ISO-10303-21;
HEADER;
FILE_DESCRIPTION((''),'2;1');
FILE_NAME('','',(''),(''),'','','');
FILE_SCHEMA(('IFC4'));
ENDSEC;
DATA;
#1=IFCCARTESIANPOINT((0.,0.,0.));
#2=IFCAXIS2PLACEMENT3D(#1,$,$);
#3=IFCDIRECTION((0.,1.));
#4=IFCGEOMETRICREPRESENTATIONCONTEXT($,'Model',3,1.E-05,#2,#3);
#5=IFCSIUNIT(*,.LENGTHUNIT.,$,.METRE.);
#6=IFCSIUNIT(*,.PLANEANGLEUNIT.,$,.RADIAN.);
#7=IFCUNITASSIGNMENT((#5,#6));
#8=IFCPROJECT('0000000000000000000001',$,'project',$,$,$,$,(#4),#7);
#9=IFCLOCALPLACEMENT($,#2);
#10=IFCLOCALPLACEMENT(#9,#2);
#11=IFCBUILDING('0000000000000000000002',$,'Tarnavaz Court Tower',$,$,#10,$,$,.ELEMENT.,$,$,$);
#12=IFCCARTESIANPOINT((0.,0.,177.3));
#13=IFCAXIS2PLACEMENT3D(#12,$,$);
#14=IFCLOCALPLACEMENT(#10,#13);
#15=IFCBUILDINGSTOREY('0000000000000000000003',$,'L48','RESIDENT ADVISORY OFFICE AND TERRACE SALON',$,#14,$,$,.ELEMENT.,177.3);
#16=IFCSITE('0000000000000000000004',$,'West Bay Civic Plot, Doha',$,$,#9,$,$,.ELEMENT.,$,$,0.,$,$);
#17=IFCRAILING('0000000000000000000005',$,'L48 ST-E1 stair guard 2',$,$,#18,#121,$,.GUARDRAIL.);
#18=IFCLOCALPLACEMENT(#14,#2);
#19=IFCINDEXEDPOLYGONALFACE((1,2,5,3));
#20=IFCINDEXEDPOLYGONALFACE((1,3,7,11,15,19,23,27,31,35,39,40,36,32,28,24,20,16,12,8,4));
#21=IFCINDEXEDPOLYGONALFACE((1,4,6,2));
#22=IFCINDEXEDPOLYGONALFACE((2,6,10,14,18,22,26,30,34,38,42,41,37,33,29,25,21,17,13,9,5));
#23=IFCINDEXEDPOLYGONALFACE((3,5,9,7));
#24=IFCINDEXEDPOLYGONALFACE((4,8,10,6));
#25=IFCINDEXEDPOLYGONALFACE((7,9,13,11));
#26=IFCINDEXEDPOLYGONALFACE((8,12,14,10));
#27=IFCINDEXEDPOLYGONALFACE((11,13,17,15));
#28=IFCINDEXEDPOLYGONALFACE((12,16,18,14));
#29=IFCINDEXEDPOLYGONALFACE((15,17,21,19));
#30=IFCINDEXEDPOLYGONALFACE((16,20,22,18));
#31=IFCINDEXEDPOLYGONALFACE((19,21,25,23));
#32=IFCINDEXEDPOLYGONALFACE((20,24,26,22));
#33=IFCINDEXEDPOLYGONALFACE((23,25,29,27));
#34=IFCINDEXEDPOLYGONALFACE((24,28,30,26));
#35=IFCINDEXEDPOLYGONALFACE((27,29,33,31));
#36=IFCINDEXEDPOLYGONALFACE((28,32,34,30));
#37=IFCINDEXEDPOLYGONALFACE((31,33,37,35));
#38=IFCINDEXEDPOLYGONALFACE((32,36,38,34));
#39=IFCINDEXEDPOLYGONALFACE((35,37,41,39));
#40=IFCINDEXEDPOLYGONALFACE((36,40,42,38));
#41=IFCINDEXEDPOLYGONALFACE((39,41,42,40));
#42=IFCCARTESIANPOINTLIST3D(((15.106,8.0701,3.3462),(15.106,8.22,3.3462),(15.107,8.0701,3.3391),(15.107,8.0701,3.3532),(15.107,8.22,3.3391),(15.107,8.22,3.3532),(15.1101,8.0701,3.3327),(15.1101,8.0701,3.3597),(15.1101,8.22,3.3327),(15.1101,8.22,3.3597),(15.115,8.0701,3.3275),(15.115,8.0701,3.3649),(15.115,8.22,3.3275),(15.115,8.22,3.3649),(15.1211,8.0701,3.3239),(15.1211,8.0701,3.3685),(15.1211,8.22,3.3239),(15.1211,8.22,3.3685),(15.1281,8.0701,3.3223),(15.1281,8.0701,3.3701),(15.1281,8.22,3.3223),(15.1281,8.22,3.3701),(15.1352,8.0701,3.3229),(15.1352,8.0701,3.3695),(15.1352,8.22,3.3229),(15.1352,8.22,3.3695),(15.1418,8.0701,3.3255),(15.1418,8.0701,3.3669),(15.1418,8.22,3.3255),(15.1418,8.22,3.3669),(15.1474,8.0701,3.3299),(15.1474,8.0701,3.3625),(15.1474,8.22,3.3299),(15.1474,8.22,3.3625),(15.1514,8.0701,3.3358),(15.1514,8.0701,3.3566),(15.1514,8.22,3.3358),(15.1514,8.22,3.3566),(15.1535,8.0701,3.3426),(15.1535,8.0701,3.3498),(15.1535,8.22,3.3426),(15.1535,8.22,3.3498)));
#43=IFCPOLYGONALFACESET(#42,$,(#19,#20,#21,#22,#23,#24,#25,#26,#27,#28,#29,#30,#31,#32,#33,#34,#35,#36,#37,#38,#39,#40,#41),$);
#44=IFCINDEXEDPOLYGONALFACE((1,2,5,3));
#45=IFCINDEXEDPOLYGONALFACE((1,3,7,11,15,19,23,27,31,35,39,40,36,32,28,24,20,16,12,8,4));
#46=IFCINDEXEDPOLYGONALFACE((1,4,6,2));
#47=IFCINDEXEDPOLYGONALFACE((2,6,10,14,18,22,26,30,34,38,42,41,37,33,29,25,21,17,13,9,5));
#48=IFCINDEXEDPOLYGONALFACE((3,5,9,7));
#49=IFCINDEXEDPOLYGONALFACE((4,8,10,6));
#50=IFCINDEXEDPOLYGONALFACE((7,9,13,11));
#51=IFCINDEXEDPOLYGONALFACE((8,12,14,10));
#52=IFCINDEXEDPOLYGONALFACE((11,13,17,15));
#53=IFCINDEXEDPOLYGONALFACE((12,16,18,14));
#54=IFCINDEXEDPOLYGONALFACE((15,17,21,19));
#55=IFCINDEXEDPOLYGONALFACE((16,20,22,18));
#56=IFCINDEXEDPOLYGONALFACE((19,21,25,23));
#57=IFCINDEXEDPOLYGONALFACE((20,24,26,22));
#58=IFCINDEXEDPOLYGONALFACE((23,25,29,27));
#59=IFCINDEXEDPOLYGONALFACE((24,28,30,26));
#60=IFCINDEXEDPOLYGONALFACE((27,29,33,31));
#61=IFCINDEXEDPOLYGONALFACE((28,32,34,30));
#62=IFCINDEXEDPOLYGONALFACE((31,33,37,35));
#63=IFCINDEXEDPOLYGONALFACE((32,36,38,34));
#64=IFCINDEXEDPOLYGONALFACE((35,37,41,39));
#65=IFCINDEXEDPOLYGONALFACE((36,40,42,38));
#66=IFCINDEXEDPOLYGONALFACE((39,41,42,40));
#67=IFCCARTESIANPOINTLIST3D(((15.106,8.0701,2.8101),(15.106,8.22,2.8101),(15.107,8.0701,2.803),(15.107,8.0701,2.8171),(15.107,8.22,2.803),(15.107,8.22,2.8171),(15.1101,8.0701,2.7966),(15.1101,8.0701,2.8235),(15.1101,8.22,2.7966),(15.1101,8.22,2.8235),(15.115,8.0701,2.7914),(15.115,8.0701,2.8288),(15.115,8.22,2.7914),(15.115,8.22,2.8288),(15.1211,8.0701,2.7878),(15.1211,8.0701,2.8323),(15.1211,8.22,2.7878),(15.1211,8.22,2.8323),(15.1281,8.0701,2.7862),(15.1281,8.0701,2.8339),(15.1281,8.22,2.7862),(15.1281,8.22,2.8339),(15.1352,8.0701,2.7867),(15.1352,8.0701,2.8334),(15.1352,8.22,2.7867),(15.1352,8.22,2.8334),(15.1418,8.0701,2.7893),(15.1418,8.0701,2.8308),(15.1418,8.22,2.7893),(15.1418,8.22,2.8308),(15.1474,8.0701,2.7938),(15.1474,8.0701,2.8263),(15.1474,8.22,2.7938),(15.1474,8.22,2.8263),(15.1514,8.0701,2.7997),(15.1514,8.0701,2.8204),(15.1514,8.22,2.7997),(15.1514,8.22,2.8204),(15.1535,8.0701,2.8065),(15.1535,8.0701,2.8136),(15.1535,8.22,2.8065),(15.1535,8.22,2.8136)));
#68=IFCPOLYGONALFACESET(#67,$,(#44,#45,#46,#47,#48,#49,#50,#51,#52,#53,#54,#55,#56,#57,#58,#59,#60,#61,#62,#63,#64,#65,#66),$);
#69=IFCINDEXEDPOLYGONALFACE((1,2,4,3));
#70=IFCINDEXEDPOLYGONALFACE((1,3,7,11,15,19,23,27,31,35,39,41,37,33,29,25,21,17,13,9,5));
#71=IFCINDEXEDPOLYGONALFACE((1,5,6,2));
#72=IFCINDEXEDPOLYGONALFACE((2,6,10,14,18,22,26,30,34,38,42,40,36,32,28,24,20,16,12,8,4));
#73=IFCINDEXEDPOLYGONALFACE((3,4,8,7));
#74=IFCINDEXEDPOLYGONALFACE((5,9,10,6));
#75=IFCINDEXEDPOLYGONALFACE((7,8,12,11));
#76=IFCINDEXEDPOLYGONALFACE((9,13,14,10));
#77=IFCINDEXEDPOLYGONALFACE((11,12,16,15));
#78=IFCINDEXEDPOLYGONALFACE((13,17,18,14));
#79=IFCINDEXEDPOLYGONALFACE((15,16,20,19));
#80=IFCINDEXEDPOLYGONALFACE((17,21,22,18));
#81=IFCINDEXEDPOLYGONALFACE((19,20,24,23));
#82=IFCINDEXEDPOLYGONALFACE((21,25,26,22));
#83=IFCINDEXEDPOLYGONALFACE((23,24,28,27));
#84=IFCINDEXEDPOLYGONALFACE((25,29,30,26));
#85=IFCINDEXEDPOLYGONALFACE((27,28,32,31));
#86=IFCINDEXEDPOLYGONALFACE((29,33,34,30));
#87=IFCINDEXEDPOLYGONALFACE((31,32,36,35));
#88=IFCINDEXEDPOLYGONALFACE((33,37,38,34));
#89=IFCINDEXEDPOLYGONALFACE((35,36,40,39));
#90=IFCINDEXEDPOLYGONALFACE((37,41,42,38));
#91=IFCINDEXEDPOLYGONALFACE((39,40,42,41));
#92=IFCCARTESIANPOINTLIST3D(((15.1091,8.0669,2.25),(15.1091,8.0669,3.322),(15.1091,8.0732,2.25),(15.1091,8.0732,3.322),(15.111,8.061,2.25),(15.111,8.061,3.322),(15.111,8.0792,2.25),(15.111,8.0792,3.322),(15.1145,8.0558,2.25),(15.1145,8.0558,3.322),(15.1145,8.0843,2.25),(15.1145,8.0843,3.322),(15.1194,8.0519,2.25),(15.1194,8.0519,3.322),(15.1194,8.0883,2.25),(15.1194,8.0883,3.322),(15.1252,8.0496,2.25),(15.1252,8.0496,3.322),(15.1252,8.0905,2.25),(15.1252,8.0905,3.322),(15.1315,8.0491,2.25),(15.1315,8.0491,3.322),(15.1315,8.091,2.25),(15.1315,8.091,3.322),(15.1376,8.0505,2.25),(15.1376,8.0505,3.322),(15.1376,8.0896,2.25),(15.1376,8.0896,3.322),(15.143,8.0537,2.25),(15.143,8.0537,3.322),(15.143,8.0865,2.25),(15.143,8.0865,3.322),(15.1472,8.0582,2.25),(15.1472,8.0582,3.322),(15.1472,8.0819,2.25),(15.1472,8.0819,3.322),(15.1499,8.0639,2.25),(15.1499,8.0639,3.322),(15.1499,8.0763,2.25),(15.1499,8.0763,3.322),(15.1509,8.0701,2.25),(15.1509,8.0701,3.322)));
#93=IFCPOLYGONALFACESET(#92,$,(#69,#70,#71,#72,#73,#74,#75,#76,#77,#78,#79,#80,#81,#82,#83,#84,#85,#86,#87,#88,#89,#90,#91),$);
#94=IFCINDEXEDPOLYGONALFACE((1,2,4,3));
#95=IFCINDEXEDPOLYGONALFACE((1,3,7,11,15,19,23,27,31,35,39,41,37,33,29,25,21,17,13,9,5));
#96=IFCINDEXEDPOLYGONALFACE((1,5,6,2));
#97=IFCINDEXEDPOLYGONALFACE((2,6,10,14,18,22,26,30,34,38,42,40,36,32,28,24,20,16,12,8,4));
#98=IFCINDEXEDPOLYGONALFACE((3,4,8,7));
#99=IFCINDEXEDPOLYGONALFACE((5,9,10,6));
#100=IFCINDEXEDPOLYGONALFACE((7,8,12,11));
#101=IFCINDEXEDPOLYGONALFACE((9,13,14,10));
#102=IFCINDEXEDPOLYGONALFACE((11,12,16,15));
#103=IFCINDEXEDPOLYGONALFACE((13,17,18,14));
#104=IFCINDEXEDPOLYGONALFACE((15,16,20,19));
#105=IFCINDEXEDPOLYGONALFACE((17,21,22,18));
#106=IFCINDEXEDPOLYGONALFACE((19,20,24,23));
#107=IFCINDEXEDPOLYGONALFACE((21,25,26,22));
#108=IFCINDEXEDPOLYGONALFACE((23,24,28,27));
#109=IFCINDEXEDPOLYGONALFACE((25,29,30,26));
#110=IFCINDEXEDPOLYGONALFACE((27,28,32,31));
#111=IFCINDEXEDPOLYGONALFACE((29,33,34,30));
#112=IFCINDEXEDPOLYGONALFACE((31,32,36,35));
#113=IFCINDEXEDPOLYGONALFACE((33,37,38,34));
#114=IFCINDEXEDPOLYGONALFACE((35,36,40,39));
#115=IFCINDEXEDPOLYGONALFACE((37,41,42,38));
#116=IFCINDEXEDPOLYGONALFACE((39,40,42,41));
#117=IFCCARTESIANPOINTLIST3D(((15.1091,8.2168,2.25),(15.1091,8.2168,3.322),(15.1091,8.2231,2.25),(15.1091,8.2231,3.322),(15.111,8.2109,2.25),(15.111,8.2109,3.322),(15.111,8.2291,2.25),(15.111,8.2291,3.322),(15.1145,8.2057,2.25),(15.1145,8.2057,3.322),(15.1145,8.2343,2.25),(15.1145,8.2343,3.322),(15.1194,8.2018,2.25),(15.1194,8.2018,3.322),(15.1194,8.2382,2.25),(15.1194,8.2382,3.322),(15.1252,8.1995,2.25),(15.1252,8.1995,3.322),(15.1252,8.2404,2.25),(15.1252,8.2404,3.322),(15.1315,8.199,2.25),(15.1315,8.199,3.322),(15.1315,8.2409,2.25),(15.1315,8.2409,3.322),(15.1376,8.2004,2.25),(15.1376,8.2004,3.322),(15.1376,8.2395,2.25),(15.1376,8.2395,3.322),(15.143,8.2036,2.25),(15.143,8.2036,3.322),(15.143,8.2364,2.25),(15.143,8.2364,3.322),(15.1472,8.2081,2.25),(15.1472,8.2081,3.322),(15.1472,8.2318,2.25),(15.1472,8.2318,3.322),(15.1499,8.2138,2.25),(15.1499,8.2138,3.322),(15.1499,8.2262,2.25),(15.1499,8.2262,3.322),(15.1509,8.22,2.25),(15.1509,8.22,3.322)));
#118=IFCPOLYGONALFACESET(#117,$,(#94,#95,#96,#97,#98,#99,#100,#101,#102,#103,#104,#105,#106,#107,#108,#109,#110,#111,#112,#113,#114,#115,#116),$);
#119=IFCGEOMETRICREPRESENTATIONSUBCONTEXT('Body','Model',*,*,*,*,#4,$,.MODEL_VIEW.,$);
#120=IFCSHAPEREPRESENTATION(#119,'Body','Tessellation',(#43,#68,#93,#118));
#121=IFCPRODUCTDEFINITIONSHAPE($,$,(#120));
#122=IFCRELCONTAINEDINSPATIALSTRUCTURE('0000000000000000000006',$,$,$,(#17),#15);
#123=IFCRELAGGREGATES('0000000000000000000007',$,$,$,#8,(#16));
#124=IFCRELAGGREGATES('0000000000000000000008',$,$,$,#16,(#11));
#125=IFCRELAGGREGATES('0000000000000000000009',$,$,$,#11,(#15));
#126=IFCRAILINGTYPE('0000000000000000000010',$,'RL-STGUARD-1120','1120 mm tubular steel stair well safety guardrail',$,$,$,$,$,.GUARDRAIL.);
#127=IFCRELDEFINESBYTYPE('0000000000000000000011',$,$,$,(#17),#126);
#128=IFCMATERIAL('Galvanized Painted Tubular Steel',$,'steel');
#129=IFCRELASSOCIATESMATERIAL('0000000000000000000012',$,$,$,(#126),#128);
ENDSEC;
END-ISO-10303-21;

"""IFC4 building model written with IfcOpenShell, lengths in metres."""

from ifc_helpers import new_model, si_unit, direction, frame, origin, origin_2d, place, context, subcontext, project, spatial, circle, extrude, material, type_object, element, save


model = new_model("IFC4")

# Units and contexts
model_context = context("Model", 3, precision=1e-05, world=origin(), true_north=direction((0.0, 1.0)))
body_context = subcontext(model_context, "Body", "Model", "MODEL_VIEW")
ifc_project = project(units=[si_unit("LENGTHUNIT", "METRE"), si_unit("PLANEANGLEUNIT", "RADIAN")], contexts=[model_context])

# Site, building, storey
site_placement = place(None, origin())
site = spatial("IfcSite", under=ifc_project, at=site_placement, Name="West Bay Civic Plot, Doha", CompositionType="ELEMENT", RefElevation=0.0)
building_placement = place(site_placement, origin())
building = spatial("IfcBuilding", under=site, at=building_placement, Name="Tarnavaz Court Tower", CompositionType="ELEMENT")
storey_placement = place(building_placement, frame((0.0, 0.0, 177.3)))
storey = spatial("IfcBuildingStorey", under=building, at=storey_placement, Name="L48", Description="RESIDENT ADVISORY OFFICE AND TERRACE SALON", CompositionType="ELEMENT", Elevation=177.3)

# Railing
ifc_material_1 = material(Name="Galvanized Painted Tubular Steel", Category="steel")
railing_type_1 = type_object("IfcRailingType", Name="RL-STGUARD-1120", Description="1120 mm tubular steel stair well safety guardrail", PredefinedType="GUARDRAIL", material=ifc_material_1)
railing_1_placement = place(storey_placement, frame((15.1299, 8.0701, 2.25)))
element("IfcRailing", 1, at=railing_1_placement, inside=storey, type_object=railing_type_1, Name="L48 ST-E1 stair guard 2", PredefinedType="GUARDRAIL", context=body_context, shape_type="SweptSolid", body=[
    extrude(circle(Radius=0.0239, at=origin_2d()), frame((0.0, 0.0, 1.0962), z_axis=(0.0, 1.0, 0.0), x_axis=(-1.0, 0.0, 0.0)), (0.0, 0.0, 1.0), 0.1499),
    extrude(circle(Radius=0.0239, at=origin_2d()), frame((0.0, 0.0, 0.5601), z_axis=(0.0, 1.0, 0.0), x_axis=(-1.0, 0.0, 0.0)), (0.0, 0.0, 1.0), 0.1499),
    extrude(circle(Radius=0.021, at=origin_2d()), origin(), (0.0, 0.0, 1.0), 1.072),
    extrude(circle(Radius=0.021, at=origin_2d()), frame((0.0, 0.1499, 0.0)), (0.0, 0.0, 1.0), 1.072),
])

save(model, "model.ifc")
